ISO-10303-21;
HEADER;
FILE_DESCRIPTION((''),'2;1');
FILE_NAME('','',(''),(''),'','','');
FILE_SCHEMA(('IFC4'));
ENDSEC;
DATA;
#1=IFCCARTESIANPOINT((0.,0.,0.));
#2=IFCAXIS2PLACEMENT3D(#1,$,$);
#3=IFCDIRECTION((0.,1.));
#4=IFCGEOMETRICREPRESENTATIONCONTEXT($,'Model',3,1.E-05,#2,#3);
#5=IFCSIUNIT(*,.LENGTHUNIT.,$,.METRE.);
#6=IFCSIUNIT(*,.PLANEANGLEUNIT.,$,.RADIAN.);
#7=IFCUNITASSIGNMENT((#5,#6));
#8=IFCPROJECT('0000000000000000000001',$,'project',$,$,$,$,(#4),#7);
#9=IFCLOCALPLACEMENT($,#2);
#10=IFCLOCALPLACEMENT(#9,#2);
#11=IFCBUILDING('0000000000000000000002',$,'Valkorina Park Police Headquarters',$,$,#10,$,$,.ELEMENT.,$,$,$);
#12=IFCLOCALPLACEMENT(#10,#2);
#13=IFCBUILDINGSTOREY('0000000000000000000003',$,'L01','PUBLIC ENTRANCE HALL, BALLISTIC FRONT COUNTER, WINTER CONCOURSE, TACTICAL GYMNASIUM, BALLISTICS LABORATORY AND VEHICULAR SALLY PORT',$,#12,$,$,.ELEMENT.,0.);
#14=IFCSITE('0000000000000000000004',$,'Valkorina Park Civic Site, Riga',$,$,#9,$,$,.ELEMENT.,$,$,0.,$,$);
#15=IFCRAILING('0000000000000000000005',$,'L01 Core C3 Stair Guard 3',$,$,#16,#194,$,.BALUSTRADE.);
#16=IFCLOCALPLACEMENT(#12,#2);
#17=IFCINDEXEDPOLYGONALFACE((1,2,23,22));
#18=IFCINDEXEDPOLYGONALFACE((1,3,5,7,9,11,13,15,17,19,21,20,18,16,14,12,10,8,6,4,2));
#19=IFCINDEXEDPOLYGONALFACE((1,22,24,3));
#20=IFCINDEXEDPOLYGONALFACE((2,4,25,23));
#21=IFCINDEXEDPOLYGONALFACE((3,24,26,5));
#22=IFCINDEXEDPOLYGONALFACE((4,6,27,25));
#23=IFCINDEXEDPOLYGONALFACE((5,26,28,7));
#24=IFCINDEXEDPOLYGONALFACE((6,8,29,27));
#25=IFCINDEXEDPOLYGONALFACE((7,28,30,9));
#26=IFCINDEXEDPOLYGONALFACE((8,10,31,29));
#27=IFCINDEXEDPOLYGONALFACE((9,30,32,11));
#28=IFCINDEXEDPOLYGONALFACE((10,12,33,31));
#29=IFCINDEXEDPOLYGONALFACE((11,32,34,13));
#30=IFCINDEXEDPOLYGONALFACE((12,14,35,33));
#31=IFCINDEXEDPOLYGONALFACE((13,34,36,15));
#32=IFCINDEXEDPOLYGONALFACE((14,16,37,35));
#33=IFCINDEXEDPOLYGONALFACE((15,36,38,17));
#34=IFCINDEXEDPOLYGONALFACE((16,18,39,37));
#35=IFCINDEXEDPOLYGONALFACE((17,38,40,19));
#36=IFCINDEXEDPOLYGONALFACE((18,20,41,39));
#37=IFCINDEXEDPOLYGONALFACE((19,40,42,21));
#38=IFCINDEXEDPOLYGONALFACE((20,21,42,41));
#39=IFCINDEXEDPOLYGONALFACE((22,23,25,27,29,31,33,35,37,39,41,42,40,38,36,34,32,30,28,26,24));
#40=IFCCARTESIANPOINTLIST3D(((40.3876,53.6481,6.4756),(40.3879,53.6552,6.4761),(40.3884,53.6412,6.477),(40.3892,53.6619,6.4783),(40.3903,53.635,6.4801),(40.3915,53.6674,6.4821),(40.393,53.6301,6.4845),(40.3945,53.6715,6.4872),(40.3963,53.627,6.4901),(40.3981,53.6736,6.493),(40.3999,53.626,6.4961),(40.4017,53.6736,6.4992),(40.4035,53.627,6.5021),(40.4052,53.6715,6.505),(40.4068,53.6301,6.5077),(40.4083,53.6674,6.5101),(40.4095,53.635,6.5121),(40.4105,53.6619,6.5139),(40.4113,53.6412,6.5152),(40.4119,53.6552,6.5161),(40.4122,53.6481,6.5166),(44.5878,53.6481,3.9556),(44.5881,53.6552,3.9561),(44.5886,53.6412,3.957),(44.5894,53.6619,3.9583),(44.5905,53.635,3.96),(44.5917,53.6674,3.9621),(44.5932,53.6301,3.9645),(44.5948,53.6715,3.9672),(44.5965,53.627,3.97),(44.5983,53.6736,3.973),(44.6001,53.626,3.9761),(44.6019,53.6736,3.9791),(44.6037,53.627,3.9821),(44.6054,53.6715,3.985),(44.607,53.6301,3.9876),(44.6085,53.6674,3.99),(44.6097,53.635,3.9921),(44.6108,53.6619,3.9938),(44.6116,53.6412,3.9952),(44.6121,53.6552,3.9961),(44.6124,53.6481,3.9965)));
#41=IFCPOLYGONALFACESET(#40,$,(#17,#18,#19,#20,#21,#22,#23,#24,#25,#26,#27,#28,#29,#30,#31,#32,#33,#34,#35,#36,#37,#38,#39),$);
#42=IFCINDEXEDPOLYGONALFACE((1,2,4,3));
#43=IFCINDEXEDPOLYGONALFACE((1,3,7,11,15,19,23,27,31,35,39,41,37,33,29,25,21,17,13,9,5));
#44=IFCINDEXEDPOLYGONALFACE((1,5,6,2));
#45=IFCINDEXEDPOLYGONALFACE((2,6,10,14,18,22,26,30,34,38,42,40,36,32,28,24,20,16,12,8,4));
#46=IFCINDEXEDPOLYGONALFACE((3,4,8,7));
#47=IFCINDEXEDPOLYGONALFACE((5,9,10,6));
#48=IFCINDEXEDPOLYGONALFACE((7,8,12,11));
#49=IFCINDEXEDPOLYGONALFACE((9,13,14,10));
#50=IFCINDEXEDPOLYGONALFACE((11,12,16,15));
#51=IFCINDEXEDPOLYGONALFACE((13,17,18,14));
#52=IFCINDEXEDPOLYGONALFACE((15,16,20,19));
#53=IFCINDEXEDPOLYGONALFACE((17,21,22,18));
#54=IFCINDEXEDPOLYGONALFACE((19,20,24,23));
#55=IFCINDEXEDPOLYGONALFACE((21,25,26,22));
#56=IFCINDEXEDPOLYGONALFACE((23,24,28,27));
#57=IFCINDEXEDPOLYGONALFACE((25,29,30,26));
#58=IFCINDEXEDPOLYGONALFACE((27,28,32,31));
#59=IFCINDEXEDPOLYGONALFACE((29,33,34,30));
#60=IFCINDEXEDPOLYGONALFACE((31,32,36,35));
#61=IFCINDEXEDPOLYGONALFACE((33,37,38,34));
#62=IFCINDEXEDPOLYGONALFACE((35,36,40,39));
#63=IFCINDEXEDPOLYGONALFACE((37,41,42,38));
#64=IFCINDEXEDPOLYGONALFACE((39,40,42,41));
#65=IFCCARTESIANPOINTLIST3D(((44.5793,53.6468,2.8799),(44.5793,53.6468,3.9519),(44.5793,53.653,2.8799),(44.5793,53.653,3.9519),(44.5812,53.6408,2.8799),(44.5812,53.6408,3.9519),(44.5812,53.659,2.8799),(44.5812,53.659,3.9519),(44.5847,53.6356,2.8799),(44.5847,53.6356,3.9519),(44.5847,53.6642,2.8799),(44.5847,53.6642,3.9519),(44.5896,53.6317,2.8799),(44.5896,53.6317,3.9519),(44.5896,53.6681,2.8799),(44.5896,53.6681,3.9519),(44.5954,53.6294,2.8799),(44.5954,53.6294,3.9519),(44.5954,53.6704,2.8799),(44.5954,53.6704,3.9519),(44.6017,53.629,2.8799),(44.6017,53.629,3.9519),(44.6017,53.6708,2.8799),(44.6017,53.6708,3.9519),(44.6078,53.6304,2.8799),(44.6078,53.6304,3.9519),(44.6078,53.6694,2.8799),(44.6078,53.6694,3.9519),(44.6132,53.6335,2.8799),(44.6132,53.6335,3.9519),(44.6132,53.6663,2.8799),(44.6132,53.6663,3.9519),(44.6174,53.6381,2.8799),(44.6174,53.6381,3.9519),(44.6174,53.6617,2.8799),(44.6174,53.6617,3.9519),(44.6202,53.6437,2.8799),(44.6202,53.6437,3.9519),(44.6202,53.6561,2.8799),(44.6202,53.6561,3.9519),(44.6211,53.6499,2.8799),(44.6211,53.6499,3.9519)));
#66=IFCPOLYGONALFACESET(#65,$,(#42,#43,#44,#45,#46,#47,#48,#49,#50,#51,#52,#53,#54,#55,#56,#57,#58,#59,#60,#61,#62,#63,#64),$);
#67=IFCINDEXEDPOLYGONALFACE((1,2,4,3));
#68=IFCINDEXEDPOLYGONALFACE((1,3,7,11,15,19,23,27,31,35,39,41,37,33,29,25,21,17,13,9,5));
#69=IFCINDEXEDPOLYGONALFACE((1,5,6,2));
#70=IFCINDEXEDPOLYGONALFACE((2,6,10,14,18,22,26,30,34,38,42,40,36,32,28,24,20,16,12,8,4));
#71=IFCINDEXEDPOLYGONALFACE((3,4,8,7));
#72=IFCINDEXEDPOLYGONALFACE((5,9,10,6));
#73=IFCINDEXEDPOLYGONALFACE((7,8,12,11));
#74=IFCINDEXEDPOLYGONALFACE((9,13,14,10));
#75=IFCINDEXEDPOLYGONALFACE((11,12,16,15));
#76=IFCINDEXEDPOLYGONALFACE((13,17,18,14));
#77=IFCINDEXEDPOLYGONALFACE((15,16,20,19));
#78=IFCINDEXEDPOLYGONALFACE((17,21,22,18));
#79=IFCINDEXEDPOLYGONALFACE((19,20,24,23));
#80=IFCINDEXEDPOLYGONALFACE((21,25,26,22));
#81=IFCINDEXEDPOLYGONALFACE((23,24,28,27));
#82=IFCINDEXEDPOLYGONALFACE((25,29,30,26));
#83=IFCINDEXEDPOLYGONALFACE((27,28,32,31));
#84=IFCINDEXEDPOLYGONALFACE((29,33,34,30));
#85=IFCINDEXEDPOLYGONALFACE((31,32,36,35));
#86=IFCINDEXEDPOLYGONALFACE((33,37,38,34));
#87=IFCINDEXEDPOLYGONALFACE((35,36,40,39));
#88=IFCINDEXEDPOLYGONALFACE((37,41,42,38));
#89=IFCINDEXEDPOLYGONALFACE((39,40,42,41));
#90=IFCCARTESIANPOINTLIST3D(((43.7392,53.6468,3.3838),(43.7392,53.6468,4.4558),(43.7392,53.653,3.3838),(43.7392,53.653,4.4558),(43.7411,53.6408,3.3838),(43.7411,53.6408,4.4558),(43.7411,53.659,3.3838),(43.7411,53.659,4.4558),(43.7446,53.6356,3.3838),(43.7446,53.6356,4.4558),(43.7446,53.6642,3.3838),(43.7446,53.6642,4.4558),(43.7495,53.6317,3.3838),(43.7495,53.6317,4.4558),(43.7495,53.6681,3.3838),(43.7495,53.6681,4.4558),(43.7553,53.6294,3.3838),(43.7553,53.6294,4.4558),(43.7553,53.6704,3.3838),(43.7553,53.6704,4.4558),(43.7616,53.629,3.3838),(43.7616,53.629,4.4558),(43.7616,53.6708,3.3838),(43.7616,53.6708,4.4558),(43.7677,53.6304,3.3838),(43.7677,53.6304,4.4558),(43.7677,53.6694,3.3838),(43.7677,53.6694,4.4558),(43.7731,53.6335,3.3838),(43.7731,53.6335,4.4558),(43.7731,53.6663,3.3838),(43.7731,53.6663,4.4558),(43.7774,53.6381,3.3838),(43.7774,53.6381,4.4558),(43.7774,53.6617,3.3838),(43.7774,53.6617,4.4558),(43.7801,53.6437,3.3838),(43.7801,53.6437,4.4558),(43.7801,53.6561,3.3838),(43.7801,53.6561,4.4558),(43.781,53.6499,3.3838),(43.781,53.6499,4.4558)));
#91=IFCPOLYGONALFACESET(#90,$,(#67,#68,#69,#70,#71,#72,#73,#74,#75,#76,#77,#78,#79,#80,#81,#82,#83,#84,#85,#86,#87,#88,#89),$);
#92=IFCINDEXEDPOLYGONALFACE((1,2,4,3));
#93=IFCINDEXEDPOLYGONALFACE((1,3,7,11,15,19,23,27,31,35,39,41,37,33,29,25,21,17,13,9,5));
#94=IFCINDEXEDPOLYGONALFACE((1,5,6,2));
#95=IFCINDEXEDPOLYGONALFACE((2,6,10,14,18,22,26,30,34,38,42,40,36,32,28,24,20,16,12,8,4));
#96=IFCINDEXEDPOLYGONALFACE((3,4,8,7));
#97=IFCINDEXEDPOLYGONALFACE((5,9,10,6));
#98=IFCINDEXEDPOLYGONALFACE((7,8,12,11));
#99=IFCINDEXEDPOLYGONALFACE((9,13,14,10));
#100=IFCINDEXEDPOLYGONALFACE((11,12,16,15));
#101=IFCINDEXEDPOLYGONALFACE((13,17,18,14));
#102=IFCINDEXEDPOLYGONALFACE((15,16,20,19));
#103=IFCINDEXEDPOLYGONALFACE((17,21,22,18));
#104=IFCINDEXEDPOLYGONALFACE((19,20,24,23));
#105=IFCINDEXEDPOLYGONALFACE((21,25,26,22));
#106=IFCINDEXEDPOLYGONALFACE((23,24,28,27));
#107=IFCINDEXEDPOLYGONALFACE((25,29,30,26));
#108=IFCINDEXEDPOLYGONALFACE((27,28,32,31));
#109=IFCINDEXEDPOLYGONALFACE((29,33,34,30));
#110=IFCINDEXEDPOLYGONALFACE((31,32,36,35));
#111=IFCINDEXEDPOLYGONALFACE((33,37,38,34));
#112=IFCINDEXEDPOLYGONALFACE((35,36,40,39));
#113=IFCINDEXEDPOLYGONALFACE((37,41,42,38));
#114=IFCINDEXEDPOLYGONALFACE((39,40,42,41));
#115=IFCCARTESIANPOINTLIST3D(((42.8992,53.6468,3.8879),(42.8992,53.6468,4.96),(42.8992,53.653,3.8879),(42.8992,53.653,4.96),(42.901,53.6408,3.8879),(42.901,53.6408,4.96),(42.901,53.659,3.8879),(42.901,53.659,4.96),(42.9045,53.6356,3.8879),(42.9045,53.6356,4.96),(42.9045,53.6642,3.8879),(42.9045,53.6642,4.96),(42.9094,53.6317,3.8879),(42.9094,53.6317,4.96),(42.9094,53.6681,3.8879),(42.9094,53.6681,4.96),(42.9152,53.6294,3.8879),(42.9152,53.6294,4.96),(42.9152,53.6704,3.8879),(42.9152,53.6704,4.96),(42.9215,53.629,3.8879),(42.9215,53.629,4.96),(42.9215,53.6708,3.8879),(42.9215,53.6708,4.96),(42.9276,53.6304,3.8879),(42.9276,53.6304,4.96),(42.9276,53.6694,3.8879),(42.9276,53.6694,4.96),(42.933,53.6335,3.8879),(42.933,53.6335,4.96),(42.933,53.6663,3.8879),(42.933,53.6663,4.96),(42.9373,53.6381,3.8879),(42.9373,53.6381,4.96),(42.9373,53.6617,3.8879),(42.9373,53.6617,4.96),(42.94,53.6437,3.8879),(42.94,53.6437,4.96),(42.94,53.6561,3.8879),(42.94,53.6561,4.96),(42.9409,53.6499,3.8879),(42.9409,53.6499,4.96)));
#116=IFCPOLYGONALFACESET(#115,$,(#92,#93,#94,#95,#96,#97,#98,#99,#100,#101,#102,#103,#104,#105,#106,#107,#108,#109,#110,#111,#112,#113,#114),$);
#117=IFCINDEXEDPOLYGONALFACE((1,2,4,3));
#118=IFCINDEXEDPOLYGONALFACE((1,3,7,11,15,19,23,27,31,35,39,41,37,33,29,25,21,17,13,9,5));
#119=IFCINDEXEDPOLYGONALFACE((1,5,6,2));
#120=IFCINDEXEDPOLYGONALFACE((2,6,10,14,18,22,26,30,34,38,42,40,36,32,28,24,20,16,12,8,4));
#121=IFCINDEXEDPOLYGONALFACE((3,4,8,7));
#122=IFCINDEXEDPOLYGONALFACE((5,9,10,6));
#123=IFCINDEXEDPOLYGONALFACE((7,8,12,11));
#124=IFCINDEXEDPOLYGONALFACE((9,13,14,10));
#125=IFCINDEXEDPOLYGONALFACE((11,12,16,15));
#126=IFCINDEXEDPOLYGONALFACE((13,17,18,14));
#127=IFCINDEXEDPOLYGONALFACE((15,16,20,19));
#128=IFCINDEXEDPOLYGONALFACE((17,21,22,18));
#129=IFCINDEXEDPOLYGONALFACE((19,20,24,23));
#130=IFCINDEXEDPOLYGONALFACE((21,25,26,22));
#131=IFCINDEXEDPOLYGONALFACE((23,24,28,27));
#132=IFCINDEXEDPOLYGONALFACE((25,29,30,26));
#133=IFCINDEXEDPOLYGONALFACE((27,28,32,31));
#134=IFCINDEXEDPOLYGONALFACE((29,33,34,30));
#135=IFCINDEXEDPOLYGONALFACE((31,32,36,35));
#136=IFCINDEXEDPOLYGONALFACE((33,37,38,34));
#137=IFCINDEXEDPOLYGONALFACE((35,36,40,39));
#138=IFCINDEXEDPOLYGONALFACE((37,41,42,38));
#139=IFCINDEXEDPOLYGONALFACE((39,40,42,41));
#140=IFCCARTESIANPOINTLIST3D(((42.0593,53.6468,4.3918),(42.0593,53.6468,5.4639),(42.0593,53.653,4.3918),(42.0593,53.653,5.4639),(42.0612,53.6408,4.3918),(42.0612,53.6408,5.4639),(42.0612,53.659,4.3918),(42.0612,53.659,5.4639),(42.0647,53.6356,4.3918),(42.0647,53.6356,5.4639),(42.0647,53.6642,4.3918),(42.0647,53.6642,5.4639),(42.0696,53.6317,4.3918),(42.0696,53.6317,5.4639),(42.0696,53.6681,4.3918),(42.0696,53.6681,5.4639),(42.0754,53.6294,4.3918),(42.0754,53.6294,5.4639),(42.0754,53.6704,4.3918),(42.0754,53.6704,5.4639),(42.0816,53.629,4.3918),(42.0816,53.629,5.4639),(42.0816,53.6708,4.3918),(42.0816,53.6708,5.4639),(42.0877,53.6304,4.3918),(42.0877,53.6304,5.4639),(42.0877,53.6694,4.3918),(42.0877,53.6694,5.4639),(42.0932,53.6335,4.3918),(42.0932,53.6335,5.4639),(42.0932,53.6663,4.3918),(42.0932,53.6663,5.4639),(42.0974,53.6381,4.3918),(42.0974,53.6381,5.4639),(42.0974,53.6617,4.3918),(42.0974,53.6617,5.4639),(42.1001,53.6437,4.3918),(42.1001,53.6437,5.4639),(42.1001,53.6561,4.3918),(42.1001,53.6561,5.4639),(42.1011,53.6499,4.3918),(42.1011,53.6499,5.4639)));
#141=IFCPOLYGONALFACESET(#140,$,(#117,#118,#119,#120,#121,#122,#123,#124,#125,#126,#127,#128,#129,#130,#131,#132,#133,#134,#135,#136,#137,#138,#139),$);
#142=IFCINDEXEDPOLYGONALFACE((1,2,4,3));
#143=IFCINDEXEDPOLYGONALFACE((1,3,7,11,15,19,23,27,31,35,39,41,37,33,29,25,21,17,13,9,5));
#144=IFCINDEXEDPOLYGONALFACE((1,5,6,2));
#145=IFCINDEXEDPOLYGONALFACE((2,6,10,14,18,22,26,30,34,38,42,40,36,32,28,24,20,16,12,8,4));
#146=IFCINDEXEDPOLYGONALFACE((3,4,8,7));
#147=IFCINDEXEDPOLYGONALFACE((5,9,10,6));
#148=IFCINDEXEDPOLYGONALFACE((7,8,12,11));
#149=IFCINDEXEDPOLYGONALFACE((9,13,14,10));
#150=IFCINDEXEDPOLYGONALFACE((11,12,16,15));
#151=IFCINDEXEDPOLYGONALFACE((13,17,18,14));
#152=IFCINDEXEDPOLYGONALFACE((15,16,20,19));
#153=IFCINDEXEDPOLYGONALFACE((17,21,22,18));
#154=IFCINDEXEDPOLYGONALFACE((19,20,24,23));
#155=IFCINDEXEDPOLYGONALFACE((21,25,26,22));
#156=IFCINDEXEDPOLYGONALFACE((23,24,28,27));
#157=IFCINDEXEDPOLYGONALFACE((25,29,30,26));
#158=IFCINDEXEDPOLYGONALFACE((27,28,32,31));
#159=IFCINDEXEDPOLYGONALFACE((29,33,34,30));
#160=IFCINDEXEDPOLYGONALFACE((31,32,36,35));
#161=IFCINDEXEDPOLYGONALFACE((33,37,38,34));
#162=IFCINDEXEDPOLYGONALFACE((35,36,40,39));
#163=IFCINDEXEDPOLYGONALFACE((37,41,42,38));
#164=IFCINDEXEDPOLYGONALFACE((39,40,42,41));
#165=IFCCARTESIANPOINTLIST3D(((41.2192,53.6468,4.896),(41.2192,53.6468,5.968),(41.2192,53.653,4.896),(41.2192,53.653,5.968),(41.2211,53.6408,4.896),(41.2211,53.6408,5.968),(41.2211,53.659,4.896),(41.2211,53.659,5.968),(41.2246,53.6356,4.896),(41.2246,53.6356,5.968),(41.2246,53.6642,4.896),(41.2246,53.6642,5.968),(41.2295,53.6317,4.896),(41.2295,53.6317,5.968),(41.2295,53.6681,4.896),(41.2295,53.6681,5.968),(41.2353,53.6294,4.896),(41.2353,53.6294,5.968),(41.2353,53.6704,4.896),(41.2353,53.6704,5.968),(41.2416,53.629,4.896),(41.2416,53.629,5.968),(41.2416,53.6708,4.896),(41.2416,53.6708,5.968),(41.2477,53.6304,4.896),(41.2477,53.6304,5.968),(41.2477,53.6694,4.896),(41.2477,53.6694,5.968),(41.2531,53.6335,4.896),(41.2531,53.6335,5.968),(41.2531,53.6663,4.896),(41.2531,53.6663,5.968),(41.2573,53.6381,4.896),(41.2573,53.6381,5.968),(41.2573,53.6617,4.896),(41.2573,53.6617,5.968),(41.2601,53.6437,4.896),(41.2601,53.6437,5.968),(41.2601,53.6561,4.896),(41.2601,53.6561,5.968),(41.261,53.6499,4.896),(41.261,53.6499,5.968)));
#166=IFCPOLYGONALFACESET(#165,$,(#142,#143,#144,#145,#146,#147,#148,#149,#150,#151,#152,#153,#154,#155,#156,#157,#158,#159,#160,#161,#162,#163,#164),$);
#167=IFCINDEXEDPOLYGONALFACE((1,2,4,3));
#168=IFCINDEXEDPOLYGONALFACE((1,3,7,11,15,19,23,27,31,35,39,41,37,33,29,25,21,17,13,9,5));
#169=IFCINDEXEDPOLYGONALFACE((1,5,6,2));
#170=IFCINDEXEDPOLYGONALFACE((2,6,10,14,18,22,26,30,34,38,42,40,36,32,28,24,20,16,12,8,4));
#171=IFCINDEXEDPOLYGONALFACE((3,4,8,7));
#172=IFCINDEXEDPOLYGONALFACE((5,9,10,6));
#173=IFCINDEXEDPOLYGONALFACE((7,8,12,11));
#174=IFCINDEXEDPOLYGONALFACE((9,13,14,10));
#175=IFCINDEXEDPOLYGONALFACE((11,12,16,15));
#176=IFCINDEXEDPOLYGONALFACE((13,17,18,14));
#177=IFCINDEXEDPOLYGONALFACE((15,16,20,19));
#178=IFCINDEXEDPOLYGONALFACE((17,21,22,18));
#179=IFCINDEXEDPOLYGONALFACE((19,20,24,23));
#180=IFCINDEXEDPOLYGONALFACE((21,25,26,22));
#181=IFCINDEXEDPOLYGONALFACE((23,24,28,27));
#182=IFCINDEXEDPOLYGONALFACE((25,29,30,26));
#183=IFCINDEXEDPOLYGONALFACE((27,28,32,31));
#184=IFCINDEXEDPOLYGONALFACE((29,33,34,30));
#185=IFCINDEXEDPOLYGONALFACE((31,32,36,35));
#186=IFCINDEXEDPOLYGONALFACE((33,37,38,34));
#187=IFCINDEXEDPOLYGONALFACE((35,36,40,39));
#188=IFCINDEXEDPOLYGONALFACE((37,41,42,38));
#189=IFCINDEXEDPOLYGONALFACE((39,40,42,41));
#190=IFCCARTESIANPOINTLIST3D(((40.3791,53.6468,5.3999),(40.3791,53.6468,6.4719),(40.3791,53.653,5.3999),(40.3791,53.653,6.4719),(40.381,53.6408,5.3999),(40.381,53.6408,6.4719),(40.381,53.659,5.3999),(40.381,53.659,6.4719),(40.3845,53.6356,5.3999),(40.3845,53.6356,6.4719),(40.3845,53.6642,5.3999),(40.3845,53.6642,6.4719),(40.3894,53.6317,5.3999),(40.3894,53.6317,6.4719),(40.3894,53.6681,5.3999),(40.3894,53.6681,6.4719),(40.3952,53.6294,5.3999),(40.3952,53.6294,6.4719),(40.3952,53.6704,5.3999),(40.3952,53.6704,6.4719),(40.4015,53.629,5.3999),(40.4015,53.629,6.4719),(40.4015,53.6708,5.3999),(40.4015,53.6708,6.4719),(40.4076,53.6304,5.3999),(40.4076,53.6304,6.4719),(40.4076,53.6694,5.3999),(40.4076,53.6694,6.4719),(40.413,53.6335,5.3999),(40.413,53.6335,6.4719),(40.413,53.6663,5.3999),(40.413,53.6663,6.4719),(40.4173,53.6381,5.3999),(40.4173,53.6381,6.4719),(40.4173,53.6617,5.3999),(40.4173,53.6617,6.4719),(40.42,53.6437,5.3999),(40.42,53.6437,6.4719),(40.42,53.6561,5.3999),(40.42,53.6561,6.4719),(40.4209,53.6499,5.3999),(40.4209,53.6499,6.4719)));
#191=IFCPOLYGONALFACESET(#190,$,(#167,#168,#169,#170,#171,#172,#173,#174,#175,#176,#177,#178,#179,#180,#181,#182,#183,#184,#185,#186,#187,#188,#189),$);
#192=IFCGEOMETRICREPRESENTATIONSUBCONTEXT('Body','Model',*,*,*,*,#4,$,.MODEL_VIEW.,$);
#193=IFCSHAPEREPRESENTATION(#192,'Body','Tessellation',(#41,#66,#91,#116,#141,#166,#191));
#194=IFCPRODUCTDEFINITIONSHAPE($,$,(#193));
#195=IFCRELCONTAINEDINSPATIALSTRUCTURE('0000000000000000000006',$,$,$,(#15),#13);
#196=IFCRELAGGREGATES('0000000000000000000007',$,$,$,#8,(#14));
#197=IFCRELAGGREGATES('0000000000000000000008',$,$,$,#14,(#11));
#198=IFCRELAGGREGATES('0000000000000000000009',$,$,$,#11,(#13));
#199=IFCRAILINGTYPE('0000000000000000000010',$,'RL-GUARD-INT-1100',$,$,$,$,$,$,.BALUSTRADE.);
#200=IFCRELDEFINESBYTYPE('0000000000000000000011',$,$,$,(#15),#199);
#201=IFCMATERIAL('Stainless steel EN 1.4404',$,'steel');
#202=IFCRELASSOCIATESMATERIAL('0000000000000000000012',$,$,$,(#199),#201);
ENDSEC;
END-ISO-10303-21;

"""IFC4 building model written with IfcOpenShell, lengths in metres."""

from ifc_helpers import new_model, si_unit, direction, frame, origin, origin_2d, place, context, subcontext, project, spatial, circle, extrude, material, type_object, element, save


model = new_model("IFC4")

# Units and contexts
model_context = context("Model", 3, precision=1e-05, world=origin(), true_north=direction((0.0, 1.0)))
body_context = subcontext(model_context, "Body", "Model", "MODEL_VIEW")
ifc_project = project(units=[si_unit("LENGTHUNIT", "METRE"), si_unit("PLANEANGLEUNIT", "RADIAN")], contexts=[model_context])

# Site, building, storey
site_placement = place(None, origin())
site = spatial("IfcSite", under=ifc_project, at=site_placement, Name="Valkorina Park Civic Site, Riga", CompositionType="ELEMENT", RefElevation=0.0)
building_placement = place(site_placement, origin())
building = spatial("IfcBuilding", under=site, at=building_placement, Name="Valkorina Park Police Headquarters", CompositionType="ELEMENT")
storey_placement = place(building_placement, origin())
storey = spatial("IfcBuildingStorey", under=building, at=storey_placement, Name="L01", Description="PUBLIC ENTRANCE HALL, BALLISTIC FRONT COUNTER, WINTER CONCOURSE, TACTICAL GYMNASIUM, BALLISTICS LABORATORY AND VEHICULAR SALLY PORT", CompositionType="ELEMENT", Elevation=0.0)

# Shared definitions
ifc_material_1 = material(Name="Stainless steel EN 1.4404", Category="steel")

# Railing
railing_type_1 = type_object("IfcRailingType", Name="RL-GUARD-INT-1100", PredefinedType="BALUSTRADE", material=ifc_material_1)
railing_1_placement = place(storey_placement, frame((44.6001, 53.6499, 2.8799)))
element("IfcRailing", 1, at=railing_1_placement, inside=storey, type_object=railing_type_1, Name="L01 Core C3 Stair Guard 3", PredefinedType="BALUSTRADE", context=body_context, shape_type="SweptSolid", body=[
    extrude(circle(Radius=0.0239, at=origin_2d()), frame((0.0, 0.0, 1.0962), z_axis=(-0.857502, 0.0, 0.514481), x_axis=(0.0, -1.0, 0.0)), (0.0, 0.0, 1.0), 4.8982),
    extrude(circle(Radius=0.021, at=origin_2d()), origin(), (0.0, 0.0, 1.0), 1.072),
    extrude(circle(Radius=0.021, at=origin_2d()), frame((-0.8401, 0.0, 0.5039)), (0.0, 0.0, 1.0), 1.072),
    extrude(circle(Radius=0.021, at=origin_2d()), frame((-1.6802, 0.0, 1.0081)), (0.0, 0.0, 1.0), 1.072),
    extrude(circle(Radius=0.021, at=origin_2d()), frame((-2.52, 0.0, 1.512)), (0.0, 0.0, 1.0), 1.072),
    extrude(circle(Radius=0.021, at=origin_2d()), frame((-3.3601, 0.0, 2.0161)), (0.0, 0.0, 1.0), 1.072),
    extrude(circle(Radius=0.021, at=origin_2d()), frame((-4.2002, 0.0, 2.52)), (0.0, 0.0, 1.0), 1.072),
])

save(model, "model.ifc")
